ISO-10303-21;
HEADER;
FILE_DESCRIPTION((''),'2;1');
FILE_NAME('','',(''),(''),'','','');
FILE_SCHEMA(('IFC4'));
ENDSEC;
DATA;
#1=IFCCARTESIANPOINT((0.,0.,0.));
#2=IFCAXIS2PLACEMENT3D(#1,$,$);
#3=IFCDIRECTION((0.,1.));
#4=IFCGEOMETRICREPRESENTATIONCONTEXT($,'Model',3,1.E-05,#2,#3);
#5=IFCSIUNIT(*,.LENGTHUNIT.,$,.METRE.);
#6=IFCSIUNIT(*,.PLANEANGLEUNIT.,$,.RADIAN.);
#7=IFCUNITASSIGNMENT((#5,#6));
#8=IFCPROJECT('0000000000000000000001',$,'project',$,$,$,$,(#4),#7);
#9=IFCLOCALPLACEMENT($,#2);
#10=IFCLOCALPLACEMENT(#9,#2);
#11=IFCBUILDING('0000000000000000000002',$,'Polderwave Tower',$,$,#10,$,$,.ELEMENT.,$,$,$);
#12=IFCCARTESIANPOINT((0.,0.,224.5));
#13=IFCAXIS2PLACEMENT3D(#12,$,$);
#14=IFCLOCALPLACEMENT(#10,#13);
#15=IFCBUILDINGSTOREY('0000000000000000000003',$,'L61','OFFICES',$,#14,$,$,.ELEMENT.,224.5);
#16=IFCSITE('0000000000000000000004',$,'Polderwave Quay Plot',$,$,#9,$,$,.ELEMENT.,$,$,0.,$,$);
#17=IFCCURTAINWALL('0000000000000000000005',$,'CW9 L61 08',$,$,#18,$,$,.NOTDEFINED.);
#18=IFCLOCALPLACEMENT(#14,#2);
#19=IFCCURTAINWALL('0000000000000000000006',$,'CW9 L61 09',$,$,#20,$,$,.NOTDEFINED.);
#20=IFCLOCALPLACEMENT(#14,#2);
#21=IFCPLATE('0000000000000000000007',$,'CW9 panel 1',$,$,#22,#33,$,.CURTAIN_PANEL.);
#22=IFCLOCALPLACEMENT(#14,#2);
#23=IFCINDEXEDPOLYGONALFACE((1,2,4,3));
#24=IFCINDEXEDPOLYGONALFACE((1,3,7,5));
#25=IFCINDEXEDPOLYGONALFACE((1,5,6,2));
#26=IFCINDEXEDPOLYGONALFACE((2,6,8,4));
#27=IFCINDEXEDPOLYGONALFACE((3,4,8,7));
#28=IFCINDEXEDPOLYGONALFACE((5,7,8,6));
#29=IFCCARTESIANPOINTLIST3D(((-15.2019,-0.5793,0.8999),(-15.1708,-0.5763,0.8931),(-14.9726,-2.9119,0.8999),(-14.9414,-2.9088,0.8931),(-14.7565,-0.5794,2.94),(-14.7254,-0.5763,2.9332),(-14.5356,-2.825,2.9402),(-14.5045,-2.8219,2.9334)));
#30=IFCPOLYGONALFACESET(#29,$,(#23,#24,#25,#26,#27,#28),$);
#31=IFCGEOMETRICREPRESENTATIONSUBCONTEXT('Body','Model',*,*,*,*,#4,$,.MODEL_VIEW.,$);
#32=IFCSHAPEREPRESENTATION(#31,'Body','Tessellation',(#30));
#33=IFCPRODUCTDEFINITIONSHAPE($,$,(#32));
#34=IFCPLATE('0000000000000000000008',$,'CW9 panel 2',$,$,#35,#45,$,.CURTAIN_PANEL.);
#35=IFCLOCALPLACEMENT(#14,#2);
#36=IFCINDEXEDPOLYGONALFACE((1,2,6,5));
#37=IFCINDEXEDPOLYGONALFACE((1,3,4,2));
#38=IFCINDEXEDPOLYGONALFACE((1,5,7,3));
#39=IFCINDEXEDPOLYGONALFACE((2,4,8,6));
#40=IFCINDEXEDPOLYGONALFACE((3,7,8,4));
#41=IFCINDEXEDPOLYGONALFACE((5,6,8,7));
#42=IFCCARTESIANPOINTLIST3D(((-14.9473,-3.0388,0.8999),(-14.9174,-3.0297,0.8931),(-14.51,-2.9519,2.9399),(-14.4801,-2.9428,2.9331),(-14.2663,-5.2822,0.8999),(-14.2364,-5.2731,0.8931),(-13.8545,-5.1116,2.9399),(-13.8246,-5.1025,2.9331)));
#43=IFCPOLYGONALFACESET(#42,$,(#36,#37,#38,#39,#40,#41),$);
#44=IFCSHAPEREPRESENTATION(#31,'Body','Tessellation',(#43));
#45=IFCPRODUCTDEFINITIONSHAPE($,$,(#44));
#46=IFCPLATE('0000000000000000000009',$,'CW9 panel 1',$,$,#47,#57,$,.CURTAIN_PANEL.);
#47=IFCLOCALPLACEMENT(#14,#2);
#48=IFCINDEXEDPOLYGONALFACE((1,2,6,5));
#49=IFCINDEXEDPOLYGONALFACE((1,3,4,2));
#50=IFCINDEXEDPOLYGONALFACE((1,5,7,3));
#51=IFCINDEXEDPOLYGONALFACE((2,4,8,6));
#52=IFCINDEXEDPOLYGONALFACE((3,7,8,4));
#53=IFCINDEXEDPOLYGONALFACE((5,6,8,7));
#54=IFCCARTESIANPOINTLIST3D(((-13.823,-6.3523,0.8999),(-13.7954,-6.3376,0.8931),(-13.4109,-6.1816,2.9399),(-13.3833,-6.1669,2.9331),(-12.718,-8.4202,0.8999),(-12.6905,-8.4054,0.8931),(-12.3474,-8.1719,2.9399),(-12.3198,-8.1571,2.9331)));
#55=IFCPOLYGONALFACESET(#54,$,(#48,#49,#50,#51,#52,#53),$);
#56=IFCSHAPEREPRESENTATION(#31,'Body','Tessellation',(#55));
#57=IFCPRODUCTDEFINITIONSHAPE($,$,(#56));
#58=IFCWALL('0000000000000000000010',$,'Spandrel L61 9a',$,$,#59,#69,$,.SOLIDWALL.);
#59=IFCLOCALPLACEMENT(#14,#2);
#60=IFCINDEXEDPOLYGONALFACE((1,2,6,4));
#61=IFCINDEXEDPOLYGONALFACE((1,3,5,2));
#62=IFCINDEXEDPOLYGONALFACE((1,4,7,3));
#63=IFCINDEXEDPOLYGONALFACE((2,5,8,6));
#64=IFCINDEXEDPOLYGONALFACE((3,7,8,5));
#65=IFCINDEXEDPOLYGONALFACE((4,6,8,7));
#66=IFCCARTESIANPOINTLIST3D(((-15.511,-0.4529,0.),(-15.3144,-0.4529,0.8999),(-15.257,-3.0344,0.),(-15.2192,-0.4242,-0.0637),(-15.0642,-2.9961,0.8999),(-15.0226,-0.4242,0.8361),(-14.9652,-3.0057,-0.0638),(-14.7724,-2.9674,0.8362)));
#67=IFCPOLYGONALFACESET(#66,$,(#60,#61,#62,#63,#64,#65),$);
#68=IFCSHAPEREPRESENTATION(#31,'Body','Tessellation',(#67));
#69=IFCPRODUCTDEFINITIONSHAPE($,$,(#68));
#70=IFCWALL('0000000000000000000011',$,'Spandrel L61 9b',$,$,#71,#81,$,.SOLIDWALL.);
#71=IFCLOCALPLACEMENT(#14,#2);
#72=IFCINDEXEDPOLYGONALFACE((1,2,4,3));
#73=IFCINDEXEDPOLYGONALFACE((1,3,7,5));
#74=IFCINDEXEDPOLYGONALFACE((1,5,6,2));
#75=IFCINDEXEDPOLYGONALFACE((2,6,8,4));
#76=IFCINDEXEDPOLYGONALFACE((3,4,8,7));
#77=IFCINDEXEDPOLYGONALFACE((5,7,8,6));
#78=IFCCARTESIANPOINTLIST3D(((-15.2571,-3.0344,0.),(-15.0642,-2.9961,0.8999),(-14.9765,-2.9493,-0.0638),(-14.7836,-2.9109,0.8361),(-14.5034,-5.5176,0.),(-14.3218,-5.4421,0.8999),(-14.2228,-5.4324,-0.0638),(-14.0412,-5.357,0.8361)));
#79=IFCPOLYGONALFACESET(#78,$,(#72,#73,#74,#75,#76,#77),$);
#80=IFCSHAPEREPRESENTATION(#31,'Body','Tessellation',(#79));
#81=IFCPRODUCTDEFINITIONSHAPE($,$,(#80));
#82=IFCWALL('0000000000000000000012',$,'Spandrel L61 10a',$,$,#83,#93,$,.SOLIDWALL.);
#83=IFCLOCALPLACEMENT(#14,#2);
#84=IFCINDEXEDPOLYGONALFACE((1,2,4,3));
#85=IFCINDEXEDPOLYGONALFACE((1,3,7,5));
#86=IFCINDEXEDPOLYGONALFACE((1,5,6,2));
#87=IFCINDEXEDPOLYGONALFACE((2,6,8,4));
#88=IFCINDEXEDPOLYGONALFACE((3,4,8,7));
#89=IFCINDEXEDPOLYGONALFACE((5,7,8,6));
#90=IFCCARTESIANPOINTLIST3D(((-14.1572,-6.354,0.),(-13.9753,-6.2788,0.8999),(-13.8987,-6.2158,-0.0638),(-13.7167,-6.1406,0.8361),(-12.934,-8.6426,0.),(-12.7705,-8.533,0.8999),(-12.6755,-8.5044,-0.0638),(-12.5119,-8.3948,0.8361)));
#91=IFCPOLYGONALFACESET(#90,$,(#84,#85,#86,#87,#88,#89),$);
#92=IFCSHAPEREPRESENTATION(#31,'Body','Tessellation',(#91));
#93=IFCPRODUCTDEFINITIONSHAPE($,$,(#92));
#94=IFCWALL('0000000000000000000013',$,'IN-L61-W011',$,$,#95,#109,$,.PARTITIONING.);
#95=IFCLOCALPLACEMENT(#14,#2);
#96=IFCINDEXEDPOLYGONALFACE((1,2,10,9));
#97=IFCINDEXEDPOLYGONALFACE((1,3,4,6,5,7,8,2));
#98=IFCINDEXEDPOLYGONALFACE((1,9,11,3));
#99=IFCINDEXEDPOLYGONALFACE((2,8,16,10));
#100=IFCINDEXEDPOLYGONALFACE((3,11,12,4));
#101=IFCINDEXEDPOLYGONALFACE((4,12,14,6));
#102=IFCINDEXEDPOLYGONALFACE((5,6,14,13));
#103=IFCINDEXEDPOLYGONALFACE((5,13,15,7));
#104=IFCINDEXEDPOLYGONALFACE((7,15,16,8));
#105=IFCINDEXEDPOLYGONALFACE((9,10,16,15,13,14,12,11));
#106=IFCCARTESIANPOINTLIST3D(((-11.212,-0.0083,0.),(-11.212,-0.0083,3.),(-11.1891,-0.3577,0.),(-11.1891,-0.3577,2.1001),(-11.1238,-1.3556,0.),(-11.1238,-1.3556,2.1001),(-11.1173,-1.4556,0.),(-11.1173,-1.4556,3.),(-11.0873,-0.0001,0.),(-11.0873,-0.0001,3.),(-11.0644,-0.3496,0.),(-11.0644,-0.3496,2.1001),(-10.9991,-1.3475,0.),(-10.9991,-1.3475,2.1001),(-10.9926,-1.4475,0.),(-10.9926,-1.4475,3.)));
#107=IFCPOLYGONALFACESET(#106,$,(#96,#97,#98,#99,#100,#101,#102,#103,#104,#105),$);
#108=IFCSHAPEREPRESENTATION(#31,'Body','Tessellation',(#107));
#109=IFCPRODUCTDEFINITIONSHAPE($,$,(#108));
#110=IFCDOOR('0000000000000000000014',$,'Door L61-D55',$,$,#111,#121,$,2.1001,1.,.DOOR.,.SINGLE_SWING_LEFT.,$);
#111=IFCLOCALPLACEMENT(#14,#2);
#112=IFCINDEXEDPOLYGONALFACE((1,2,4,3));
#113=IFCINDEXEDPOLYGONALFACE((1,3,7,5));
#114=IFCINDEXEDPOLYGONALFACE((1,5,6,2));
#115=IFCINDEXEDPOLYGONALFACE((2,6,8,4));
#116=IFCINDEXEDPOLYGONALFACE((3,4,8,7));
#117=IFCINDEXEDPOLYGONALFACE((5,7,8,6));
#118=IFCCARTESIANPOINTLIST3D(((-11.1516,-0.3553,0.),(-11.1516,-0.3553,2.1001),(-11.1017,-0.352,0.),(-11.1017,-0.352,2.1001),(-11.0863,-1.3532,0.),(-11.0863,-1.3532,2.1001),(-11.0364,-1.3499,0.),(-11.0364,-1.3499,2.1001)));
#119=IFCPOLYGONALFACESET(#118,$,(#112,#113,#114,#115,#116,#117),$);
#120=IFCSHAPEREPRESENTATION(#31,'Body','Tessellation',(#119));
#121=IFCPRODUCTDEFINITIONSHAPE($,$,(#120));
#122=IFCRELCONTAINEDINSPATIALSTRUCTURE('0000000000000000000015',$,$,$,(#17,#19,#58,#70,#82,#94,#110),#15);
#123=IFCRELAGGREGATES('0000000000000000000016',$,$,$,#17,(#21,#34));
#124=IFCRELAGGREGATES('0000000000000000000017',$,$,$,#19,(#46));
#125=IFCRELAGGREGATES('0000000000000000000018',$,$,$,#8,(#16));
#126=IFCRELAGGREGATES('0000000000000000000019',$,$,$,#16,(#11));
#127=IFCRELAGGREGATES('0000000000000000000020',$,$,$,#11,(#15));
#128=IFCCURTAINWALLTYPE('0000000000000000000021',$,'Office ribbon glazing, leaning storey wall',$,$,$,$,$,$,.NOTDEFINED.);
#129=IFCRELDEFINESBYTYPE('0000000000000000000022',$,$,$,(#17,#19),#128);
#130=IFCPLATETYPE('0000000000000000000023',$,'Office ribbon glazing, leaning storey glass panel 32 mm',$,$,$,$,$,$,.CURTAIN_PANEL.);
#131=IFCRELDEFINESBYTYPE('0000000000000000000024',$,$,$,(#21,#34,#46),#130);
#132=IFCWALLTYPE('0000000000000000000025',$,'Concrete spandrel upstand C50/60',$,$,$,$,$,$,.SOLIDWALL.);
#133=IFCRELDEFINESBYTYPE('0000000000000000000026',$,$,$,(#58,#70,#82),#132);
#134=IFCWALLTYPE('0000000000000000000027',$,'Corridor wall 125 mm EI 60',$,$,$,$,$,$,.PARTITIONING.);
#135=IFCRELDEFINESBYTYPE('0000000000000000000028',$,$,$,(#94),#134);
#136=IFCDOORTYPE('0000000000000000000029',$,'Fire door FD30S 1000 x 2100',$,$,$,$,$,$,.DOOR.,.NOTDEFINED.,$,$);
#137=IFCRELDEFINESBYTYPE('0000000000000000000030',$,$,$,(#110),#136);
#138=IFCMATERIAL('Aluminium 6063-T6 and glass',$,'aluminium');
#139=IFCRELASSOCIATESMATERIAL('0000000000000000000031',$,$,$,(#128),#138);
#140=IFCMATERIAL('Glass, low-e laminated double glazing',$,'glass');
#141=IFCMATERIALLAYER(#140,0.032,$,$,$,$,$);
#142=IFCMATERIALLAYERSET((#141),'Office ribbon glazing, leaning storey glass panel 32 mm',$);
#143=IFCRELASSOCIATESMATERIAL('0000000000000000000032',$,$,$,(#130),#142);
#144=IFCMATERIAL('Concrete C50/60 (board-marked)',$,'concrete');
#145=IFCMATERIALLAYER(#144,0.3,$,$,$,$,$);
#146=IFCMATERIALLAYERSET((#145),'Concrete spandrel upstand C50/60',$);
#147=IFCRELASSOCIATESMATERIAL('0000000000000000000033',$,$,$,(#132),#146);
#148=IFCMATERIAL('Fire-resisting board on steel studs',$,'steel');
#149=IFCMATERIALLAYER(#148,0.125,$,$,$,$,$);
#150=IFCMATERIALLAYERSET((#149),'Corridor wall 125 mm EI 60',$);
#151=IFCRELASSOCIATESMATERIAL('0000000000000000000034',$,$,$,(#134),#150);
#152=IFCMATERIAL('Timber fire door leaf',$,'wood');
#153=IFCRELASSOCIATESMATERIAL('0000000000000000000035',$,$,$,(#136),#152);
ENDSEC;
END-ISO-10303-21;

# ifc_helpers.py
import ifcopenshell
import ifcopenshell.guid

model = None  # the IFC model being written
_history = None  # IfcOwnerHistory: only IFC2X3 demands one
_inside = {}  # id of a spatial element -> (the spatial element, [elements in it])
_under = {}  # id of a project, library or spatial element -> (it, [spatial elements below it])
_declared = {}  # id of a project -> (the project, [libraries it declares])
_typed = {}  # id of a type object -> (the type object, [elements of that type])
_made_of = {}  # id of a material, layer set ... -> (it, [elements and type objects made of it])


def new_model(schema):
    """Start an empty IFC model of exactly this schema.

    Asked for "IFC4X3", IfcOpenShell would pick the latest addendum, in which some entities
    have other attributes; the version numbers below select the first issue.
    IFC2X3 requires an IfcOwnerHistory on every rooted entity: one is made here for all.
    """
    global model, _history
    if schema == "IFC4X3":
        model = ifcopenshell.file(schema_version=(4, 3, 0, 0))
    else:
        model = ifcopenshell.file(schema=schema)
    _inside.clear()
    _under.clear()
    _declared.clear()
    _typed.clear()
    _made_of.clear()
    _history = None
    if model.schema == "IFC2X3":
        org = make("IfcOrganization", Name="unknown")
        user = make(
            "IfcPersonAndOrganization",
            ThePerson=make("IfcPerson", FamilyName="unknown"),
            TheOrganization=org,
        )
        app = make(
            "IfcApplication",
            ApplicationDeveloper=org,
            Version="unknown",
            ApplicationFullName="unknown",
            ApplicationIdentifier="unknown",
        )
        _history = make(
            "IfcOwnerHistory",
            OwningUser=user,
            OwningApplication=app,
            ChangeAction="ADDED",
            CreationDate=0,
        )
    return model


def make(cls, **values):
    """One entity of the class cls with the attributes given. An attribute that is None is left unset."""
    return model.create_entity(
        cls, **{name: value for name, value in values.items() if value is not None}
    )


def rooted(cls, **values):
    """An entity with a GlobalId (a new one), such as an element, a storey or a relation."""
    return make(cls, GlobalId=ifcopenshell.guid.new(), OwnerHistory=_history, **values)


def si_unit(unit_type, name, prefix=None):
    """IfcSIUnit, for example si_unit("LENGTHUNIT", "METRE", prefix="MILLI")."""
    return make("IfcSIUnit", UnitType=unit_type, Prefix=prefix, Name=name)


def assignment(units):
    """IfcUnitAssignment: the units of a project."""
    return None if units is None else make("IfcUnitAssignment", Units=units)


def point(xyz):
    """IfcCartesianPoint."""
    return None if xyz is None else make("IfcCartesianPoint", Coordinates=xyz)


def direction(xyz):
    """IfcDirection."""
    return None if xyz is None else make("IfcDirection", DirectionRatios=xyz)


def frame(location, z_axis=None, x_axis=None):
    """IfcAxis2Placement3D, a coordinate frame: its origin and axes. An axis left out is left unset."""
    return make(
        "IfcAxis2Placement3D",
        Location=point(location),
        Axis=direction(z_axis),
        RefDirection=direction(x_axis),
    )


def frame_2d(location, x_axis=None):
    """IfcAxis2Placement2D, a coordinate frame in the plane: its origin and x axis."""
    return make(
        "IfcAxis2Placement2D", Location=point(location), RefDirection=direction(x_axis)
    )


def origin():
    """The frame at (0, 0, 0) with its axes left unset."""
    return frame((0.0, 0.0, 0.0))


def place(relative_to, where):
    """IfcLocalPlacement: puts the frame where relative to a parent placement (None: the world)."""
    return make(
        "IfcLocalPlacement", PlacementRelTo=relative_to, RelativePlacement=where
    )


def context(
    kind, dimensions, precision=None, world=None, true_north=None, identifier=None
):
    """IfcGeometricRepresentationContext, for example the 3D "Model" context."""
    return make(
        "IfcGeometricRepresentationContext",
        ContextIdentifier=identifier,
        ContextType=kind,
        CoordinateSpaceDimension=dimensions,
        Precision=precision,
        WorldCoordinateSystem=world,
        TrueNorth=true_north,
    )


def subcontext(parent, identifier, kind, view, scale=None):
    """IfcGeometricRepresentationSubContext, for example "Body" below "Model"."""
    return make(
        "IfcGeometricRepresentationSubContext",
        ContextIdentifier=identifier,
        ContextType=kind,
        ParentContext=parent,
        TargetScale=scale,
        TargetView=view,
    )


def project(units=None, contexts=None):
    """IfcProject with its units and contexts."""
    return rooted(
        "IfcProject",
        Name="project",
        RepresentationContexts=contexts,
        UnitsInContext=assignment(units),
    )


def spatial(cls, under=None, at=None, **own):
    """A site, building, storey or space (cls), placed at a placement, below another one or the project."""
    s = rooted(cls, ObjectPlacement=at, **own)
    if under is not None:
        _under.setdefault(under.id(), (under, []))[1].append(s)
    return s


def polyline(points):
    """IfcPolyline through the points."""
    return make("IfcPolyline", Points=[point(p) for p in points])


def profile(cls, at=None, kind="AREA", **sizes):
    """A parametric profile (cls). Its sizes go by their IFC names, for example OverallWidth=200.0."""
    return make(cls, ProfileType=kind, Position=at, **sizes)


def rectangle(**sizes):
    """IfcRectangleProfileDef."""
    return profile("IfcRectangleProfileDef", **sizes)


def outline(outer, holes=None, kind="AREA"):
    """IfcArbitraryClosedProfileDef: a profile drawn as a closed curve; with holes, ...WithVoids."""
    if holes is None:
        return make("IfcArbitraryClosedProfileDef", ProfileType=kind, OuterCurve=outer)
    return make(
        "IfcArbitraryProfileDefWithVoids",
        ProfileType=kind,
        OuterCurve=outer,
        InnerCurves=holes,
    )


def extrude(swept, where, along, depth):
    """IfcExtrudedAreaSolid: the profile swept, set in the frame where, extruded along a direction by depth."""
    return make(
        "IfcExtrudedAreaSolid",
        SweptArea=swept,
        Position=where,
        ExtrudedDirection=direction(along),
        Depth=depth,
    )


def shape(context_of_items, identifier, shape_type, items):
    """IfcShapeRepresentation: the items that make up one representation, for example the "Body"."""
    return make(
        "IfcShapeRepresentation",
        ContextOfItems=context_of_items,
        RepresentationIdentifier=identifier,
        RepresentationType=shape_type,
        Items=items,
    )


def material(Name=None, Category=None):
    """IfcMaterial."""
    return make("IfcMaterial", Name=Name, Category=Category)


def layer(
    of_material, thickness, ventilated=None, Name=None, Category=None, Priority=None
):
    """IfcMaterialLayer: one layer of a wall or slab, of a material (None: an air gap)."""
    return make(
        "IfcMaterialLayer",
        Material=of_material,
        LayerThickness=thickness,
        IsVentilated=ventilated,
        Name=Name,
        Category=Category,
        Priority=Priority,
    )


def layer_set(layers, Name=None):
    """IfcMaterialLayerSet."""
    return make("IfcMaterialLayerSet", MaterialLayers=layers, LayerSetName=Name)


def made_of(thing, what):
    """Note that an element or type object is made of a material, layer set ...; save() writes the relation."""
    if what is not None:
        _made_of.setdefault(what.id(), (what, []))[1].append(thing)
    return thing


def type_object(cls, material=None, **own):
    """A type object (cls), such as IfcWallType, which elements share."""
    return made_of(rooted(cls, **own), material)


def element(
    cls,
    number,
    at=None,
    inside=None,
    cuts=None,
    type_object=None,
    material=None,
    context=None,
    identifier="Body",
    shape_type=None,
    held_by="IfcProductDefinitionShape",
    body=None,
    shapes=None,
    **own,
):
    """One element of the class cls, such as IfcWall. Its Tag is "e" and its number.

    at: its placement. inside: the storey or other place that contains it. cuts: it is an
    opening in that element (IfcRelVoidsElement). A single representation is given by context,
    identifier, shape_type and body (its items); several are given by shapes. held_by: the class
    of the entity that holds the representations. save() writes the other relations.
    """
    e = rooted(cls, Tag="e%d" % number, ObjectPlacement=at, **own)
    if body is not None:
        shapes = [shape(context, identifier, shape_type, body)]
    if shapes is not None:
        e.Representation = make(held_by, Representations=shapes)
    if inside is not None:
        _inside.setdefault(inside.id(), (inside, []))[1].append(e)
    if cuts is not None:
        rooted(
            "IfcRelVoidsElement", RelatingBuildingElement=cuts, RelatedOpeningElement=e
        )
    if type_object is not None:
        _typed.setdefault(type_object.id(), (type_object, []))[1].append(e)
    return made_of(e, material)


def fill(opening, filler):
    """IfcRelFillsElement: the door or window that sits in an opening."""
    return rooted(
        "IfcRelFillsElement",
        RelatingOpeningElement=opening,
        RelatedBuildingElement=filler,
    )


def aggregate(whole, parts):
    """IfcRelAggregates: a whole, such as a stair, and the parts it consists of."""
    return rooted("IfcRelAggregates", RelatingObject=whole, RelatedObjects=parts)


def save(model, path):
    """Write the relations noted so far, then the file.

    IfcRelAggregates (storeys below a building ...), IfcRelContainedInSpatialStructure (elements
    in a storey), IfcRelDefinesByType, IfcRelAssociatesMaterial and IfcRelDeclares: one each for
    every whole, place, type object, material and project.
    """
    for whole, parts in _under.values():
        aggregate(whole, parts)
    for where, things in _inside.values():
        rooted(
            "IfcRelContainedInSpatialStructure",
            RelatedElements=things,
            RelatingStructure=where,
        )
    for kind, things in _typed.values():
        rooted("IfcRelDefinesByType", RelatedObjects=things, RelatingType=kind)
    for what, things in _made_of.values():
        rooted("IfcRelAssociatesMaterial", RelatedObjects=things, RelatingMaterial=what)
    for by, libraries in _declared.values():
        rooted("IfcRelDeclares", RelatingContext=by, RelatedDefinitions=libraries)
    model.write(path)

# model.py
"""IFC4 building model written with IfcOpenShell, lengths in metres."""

from ifc_helpers import new_model, si_unit, direction, frame, frame_2d, origin, place, context, subcontext, project, spatial, polyline, rectangle, outline, extrude, material, layer, layer_set, type_object, element, fill, aggregate, save


model = new_model("IFC4")

# Units and contexts
model_context = context("Model", 3, precision=1e-05, world=origin(), true_north=direction((0.0, 1.0)))
body_context = subcontext(model_context, "Body", "Model", "MODEL_VIEW")
ifc_project = project(units=[si_unit("LENGTHUNIT", "METRE"), si_unit("PLANEANGLEUNIT", "RADIAN")], contexts=[model_context])

# Site, building, storey
site_placement = place(None, origin())
site = spatial("IfcSite", under=ifc_project, at=site_placement, Name="Polderwave Quay Plot", CompositionType="ELEMENT", RefElevation=0.0)
building_placement = place(site_placement, origin())
building = spatial("IfcBuilding", under=site, at=building_placement, Name="Polderwave Tower", CompositionType="ELEMENT")
storey_placement = place(building_placement, frame((0.0, 0.0, 224.5)))
storey = spatial("IfcBuildingStorey", under=building, at=storey_placement, Name="L61", Description="OFFICES", CompositionType="ELEMENT", Elevation=224.5)

# Curtain wall
ifc_material_1 = material(Name="Aluminium 6063-T6 and glass", Category="aluminium")
curtain_wall_type = type_object("IfcCurtainWallType", Name="Office ribbon glazing, leaning storey wall", PredefinedType="NOTDEFINED", material=ifc_material_1)
curtain_wall_1_placement = place(storey_placement, origin())
curtain_wall_1 = element("IfcCurtainWall", 1, at=curtain_wall_1_placement, inside=storey, type_object=curtain_wall_type, Name="CW9 L61 08", PredefinedType="NOTDEFINED")

# Curtain wall
curtain_wall_2_placement = place(storey_placement, origin())
curtain_wall_2 = element("IfcCurtainWall", 2, at=curtain_wall_2_placement, inside=storey, type_object=curtain_wall_type, Name="CW9 L61 09", PredefinedType="NOTDEFINED")

# Plates
ifc_material_2 = material(Name="Glass, low-e laminated double glazing", Category="glass")
ifc_layer_1 = layer(ifc_material_2, 0.032)
ifc_layer_set_1 = layer_set([ifc_layer_1], Name="Office ribbon glazing, leaning storey glass panel 32 mm")
plate_type = type_object("IfcPlateType", Name="Office ribbon glazing, leaning storey glass panel 32 mm", PredefinedType="CURTAIN_PANEL", material=ifc_layer_set_1)
plate_1_placement = place(storey_placement, frame((-15.2019, -0.5793, 0.8999), z_axis=(-0.972508, -0.095621, 0.212331), x_axis=(0.097855, -0.995201, 0.000013)))
plate_1 = element("IfcPlate", 3, at=plate_1_placement, type_object=plate_type, Name="CW9 panel 1", PredefinedType="CURTAIN_PANEL", context=body_context, shape_type="SweptSolid", body=[
    extrude(outline(polyline([(0.0, 0.0), (2.3438, 0.0), (2.3001, 2.0879), (0.0436, 2.0877), (0.0, 0.0)])), origin(), (0.0, 0.0, -1.0), 0.032),
])
plate_2_placement = place(storey_placement, frame((-14.9473, -3.0388, 0.8999), z_axis=(-0.935037, -0.283803, 0.21251), x_axis=(0.290437, -0.956894, -0.000001)))
plate_2 = element("IfcPlate", 4, at=plate_2_placement, type_object=plate_type, Name="CW9 panel 2", PredefinedType="CURTAIN_PANEL", context=body_context, shape_type="SweptSolid", body=[
    extrude(outline(polyline([(0.0, 0.0), (2.3445, 0.0), (2.3008, 2.0877), (0.0438, 2.0877), (0.0, 0.0)])), origin(), (0.0, 0.0, -1.0), 0.032),
])
aggregate(curtain_wall_1, [plate_1, plate_2])
plate_3_placement = place(storey_placement, frame((-13.823, -6.3523, 0.8999), z_axis=(-0.861814, -0.460512, 0.212615), x_axis=(0.471288, -0.88198, 0.000001)))
plate_3 = element("IfcPlate", 5, at=plate_3_placement, type_object=plate_type, Name="CW9 panel 1", PredefinedType="CURTAIN_PANEL", context=body_context, shape_type="SweptSolid", body=[
    extrude(outline(polyline([(0.0, 0.0), (2.3446, 0.0), (2.3003, 2.0878), (0.0437, 2.0878), (0.0, 0.0)])), origin(), (0.0, 0.0, -1.0), 0.032),
])
aggregate(curtain_wall_2, [plate_3])

# Walls
ifc_material_3 = material(Name="Concrete C50/60 (board-marked)", Category="concrete")
ifc_layer_2 = layer(ifc_material_3, 0.3)
ifc_layer_set_2 = layer_set([ifc_layer_2], Name="Concrete spandrel upstand C50/60")
wall_type_1 = type_object("IfcWallType", Name="Concrete spandrel upstand C50/60", PredefinedType="SOLIDWALL", material=ifc_layer_set_2)
wall_1_placement = place(storey_placement, frame((-15.511, -0.4529, 0.0), z_axis=(-0.972479, -0.095668, 0.212442), x_axis=(0.097902, -0.995196, -0.000004)))
element("IfcWall", 6, at=wall_1_placement, inside=storey, type_object=wall_type_1, Name="Spandrel L61 9a", PredefinedType="SOLIDWALL", context=body_context, shape_type="SweptSolid", body=[
    extrude(outline(polyline([(0.0, 0.0), (2.594, 0.0), (2.5747, 0.9209), (0.0192, 0.9209), (0.0, 0.0)])), origin(), (0.0, 0.0, -1.0), 0.3),
])
wall_2_placement = place(storey_placement, frame((-15.2571, -3.0344, 0.0), z_axis=(-0.935039, -0.2838, 0.212507), x_axis=(0.290433, -0.956895, -0.000001)))
element("IfcWall", 7, at=wall_2_placement, inside=storey, type_object=wall_type_1, Name="Spandrel L61 9b", PredefinedType="SOLIDWALL", context=body_context, shape_type="SweptSolid", body=[
    extrude(outline(polyline([(0.0, 0.0), (2.595, 0.0), (2.5756, 0.9209), (0.0193, 0.9209), (0.0, 0.0)])), origin(), (0.0, 0.0, -1.0), 0.3),
])
wall_3_placement = place(storey_placement, frame((-14.1572, -6.354, 0.0), z_axis=(-0.861753, -0.460586, 0.212703), x_axis=(0.471372, -0.881934, -0.000003)))
element("IfcWall", 8, at=wall_3_placement, inside=storey, type_object=wall_type_1, Name="Spandrel L61 10a", PredefinedType="SOLIDWALL", context=body_context, shape_type="SweptSolid", body=[
    extrude(outline(polyline([(0.0, 0.0), (2.5949, 0.0), (2.5754, 0.921), (0.0194, 0.921), (0.0, 0.0)])), origin(), (0.0, 0.0, -1.0), 0.3),
])

# Wall, opening, door
ifc_material_4 = material(Name="Fire-resisting board on steel studs", Category="steel")
ifc_layer_3 = layer(ifc_material_4, 0.125)
ifc_layer_set_3 = layer_set([ifc_layer_3], Name="Corridor wall 125 mm EI 60")
wall_type_2 = type_object("IfcWallType", Name="Corridor wall 125 mm EI 60", PredefinedType="PARTITIONING", material=ifc_layer_set_3)
wall_4_placement = place(storey_placement, frame((-11.0549, -1.4514, 0.0), z_axis=(0.0, 0.0, 1.0), x_axis=(-0.065312, 0.997865, 0.0)))
wall_4 = element("IfcWall", 9, at=wall_4_placement, inside=storey, type_object=wall_type_2, Name="IN-L61-W011", PredefinedType="PARTITIONING", context=body_context, shape_type="SweptSolid", body=[
    extrude(rectangle(XDim=1.4504, YDim=0.125, at=frame_2d((0.7251, 0.0))), origin(), (0.0, 0.0, 1.0), 3.0),
])
opening_placement = place(wall_4_placement, frame((0.1001, 0.0, 0.0)))
opening = element("IfcOpeningElement", 10, at=opening_placement, cuts=wall_4, PredefinedType="OPENING", context=body_context, shape_type="SweptSolid", body=[
    extrude(rectangle(XDim=1.0, YDim=2.1001, at=frame_2d((0.5, 1.05))), frame((0.0, 0.0725, 0.0), z_axis=(0.0, -1.0, 0.0), x_axis=(1.0, 0.0, 0.0)), (0.0, 0.0, 1.0), 0.145),
])
ifc_material_5 = material(Name="Timber fire door leaf", Category="wood")
door_type = type_object("IfcDoorType", Name="Fire door FD30S 1000 x 2100", OperationType="NOTDEFINED", PredefinedType="DOOR", material=ifc_material_5)
door_placement = place(opening_placement, origin())
door = element("IfcDoor", 11, at=door_placement, inside=storey, type_object=door_type, Name="Door L61-D55", OperationType="SINGLE_SWING_LEFT", OverallHeight=2.1001, OverallWidth=1.0, PredefinedType="DOOR", context=body_context, shape_type="SweptSolid", body=[
    extrude(rectangle(XDim=1.0, YDim=2.1001, at=frame_2d((0.5, 1.05))), frame((0.0, 0.0249, 0.0), z_axis=(0.0, -1.0, 0.0), x_axis=(1.0, 0.0, 0.0)), (0.0, 0.0, 1.0), 0.05),
])
fill(opening, door)

save(model, "model.ifc")
